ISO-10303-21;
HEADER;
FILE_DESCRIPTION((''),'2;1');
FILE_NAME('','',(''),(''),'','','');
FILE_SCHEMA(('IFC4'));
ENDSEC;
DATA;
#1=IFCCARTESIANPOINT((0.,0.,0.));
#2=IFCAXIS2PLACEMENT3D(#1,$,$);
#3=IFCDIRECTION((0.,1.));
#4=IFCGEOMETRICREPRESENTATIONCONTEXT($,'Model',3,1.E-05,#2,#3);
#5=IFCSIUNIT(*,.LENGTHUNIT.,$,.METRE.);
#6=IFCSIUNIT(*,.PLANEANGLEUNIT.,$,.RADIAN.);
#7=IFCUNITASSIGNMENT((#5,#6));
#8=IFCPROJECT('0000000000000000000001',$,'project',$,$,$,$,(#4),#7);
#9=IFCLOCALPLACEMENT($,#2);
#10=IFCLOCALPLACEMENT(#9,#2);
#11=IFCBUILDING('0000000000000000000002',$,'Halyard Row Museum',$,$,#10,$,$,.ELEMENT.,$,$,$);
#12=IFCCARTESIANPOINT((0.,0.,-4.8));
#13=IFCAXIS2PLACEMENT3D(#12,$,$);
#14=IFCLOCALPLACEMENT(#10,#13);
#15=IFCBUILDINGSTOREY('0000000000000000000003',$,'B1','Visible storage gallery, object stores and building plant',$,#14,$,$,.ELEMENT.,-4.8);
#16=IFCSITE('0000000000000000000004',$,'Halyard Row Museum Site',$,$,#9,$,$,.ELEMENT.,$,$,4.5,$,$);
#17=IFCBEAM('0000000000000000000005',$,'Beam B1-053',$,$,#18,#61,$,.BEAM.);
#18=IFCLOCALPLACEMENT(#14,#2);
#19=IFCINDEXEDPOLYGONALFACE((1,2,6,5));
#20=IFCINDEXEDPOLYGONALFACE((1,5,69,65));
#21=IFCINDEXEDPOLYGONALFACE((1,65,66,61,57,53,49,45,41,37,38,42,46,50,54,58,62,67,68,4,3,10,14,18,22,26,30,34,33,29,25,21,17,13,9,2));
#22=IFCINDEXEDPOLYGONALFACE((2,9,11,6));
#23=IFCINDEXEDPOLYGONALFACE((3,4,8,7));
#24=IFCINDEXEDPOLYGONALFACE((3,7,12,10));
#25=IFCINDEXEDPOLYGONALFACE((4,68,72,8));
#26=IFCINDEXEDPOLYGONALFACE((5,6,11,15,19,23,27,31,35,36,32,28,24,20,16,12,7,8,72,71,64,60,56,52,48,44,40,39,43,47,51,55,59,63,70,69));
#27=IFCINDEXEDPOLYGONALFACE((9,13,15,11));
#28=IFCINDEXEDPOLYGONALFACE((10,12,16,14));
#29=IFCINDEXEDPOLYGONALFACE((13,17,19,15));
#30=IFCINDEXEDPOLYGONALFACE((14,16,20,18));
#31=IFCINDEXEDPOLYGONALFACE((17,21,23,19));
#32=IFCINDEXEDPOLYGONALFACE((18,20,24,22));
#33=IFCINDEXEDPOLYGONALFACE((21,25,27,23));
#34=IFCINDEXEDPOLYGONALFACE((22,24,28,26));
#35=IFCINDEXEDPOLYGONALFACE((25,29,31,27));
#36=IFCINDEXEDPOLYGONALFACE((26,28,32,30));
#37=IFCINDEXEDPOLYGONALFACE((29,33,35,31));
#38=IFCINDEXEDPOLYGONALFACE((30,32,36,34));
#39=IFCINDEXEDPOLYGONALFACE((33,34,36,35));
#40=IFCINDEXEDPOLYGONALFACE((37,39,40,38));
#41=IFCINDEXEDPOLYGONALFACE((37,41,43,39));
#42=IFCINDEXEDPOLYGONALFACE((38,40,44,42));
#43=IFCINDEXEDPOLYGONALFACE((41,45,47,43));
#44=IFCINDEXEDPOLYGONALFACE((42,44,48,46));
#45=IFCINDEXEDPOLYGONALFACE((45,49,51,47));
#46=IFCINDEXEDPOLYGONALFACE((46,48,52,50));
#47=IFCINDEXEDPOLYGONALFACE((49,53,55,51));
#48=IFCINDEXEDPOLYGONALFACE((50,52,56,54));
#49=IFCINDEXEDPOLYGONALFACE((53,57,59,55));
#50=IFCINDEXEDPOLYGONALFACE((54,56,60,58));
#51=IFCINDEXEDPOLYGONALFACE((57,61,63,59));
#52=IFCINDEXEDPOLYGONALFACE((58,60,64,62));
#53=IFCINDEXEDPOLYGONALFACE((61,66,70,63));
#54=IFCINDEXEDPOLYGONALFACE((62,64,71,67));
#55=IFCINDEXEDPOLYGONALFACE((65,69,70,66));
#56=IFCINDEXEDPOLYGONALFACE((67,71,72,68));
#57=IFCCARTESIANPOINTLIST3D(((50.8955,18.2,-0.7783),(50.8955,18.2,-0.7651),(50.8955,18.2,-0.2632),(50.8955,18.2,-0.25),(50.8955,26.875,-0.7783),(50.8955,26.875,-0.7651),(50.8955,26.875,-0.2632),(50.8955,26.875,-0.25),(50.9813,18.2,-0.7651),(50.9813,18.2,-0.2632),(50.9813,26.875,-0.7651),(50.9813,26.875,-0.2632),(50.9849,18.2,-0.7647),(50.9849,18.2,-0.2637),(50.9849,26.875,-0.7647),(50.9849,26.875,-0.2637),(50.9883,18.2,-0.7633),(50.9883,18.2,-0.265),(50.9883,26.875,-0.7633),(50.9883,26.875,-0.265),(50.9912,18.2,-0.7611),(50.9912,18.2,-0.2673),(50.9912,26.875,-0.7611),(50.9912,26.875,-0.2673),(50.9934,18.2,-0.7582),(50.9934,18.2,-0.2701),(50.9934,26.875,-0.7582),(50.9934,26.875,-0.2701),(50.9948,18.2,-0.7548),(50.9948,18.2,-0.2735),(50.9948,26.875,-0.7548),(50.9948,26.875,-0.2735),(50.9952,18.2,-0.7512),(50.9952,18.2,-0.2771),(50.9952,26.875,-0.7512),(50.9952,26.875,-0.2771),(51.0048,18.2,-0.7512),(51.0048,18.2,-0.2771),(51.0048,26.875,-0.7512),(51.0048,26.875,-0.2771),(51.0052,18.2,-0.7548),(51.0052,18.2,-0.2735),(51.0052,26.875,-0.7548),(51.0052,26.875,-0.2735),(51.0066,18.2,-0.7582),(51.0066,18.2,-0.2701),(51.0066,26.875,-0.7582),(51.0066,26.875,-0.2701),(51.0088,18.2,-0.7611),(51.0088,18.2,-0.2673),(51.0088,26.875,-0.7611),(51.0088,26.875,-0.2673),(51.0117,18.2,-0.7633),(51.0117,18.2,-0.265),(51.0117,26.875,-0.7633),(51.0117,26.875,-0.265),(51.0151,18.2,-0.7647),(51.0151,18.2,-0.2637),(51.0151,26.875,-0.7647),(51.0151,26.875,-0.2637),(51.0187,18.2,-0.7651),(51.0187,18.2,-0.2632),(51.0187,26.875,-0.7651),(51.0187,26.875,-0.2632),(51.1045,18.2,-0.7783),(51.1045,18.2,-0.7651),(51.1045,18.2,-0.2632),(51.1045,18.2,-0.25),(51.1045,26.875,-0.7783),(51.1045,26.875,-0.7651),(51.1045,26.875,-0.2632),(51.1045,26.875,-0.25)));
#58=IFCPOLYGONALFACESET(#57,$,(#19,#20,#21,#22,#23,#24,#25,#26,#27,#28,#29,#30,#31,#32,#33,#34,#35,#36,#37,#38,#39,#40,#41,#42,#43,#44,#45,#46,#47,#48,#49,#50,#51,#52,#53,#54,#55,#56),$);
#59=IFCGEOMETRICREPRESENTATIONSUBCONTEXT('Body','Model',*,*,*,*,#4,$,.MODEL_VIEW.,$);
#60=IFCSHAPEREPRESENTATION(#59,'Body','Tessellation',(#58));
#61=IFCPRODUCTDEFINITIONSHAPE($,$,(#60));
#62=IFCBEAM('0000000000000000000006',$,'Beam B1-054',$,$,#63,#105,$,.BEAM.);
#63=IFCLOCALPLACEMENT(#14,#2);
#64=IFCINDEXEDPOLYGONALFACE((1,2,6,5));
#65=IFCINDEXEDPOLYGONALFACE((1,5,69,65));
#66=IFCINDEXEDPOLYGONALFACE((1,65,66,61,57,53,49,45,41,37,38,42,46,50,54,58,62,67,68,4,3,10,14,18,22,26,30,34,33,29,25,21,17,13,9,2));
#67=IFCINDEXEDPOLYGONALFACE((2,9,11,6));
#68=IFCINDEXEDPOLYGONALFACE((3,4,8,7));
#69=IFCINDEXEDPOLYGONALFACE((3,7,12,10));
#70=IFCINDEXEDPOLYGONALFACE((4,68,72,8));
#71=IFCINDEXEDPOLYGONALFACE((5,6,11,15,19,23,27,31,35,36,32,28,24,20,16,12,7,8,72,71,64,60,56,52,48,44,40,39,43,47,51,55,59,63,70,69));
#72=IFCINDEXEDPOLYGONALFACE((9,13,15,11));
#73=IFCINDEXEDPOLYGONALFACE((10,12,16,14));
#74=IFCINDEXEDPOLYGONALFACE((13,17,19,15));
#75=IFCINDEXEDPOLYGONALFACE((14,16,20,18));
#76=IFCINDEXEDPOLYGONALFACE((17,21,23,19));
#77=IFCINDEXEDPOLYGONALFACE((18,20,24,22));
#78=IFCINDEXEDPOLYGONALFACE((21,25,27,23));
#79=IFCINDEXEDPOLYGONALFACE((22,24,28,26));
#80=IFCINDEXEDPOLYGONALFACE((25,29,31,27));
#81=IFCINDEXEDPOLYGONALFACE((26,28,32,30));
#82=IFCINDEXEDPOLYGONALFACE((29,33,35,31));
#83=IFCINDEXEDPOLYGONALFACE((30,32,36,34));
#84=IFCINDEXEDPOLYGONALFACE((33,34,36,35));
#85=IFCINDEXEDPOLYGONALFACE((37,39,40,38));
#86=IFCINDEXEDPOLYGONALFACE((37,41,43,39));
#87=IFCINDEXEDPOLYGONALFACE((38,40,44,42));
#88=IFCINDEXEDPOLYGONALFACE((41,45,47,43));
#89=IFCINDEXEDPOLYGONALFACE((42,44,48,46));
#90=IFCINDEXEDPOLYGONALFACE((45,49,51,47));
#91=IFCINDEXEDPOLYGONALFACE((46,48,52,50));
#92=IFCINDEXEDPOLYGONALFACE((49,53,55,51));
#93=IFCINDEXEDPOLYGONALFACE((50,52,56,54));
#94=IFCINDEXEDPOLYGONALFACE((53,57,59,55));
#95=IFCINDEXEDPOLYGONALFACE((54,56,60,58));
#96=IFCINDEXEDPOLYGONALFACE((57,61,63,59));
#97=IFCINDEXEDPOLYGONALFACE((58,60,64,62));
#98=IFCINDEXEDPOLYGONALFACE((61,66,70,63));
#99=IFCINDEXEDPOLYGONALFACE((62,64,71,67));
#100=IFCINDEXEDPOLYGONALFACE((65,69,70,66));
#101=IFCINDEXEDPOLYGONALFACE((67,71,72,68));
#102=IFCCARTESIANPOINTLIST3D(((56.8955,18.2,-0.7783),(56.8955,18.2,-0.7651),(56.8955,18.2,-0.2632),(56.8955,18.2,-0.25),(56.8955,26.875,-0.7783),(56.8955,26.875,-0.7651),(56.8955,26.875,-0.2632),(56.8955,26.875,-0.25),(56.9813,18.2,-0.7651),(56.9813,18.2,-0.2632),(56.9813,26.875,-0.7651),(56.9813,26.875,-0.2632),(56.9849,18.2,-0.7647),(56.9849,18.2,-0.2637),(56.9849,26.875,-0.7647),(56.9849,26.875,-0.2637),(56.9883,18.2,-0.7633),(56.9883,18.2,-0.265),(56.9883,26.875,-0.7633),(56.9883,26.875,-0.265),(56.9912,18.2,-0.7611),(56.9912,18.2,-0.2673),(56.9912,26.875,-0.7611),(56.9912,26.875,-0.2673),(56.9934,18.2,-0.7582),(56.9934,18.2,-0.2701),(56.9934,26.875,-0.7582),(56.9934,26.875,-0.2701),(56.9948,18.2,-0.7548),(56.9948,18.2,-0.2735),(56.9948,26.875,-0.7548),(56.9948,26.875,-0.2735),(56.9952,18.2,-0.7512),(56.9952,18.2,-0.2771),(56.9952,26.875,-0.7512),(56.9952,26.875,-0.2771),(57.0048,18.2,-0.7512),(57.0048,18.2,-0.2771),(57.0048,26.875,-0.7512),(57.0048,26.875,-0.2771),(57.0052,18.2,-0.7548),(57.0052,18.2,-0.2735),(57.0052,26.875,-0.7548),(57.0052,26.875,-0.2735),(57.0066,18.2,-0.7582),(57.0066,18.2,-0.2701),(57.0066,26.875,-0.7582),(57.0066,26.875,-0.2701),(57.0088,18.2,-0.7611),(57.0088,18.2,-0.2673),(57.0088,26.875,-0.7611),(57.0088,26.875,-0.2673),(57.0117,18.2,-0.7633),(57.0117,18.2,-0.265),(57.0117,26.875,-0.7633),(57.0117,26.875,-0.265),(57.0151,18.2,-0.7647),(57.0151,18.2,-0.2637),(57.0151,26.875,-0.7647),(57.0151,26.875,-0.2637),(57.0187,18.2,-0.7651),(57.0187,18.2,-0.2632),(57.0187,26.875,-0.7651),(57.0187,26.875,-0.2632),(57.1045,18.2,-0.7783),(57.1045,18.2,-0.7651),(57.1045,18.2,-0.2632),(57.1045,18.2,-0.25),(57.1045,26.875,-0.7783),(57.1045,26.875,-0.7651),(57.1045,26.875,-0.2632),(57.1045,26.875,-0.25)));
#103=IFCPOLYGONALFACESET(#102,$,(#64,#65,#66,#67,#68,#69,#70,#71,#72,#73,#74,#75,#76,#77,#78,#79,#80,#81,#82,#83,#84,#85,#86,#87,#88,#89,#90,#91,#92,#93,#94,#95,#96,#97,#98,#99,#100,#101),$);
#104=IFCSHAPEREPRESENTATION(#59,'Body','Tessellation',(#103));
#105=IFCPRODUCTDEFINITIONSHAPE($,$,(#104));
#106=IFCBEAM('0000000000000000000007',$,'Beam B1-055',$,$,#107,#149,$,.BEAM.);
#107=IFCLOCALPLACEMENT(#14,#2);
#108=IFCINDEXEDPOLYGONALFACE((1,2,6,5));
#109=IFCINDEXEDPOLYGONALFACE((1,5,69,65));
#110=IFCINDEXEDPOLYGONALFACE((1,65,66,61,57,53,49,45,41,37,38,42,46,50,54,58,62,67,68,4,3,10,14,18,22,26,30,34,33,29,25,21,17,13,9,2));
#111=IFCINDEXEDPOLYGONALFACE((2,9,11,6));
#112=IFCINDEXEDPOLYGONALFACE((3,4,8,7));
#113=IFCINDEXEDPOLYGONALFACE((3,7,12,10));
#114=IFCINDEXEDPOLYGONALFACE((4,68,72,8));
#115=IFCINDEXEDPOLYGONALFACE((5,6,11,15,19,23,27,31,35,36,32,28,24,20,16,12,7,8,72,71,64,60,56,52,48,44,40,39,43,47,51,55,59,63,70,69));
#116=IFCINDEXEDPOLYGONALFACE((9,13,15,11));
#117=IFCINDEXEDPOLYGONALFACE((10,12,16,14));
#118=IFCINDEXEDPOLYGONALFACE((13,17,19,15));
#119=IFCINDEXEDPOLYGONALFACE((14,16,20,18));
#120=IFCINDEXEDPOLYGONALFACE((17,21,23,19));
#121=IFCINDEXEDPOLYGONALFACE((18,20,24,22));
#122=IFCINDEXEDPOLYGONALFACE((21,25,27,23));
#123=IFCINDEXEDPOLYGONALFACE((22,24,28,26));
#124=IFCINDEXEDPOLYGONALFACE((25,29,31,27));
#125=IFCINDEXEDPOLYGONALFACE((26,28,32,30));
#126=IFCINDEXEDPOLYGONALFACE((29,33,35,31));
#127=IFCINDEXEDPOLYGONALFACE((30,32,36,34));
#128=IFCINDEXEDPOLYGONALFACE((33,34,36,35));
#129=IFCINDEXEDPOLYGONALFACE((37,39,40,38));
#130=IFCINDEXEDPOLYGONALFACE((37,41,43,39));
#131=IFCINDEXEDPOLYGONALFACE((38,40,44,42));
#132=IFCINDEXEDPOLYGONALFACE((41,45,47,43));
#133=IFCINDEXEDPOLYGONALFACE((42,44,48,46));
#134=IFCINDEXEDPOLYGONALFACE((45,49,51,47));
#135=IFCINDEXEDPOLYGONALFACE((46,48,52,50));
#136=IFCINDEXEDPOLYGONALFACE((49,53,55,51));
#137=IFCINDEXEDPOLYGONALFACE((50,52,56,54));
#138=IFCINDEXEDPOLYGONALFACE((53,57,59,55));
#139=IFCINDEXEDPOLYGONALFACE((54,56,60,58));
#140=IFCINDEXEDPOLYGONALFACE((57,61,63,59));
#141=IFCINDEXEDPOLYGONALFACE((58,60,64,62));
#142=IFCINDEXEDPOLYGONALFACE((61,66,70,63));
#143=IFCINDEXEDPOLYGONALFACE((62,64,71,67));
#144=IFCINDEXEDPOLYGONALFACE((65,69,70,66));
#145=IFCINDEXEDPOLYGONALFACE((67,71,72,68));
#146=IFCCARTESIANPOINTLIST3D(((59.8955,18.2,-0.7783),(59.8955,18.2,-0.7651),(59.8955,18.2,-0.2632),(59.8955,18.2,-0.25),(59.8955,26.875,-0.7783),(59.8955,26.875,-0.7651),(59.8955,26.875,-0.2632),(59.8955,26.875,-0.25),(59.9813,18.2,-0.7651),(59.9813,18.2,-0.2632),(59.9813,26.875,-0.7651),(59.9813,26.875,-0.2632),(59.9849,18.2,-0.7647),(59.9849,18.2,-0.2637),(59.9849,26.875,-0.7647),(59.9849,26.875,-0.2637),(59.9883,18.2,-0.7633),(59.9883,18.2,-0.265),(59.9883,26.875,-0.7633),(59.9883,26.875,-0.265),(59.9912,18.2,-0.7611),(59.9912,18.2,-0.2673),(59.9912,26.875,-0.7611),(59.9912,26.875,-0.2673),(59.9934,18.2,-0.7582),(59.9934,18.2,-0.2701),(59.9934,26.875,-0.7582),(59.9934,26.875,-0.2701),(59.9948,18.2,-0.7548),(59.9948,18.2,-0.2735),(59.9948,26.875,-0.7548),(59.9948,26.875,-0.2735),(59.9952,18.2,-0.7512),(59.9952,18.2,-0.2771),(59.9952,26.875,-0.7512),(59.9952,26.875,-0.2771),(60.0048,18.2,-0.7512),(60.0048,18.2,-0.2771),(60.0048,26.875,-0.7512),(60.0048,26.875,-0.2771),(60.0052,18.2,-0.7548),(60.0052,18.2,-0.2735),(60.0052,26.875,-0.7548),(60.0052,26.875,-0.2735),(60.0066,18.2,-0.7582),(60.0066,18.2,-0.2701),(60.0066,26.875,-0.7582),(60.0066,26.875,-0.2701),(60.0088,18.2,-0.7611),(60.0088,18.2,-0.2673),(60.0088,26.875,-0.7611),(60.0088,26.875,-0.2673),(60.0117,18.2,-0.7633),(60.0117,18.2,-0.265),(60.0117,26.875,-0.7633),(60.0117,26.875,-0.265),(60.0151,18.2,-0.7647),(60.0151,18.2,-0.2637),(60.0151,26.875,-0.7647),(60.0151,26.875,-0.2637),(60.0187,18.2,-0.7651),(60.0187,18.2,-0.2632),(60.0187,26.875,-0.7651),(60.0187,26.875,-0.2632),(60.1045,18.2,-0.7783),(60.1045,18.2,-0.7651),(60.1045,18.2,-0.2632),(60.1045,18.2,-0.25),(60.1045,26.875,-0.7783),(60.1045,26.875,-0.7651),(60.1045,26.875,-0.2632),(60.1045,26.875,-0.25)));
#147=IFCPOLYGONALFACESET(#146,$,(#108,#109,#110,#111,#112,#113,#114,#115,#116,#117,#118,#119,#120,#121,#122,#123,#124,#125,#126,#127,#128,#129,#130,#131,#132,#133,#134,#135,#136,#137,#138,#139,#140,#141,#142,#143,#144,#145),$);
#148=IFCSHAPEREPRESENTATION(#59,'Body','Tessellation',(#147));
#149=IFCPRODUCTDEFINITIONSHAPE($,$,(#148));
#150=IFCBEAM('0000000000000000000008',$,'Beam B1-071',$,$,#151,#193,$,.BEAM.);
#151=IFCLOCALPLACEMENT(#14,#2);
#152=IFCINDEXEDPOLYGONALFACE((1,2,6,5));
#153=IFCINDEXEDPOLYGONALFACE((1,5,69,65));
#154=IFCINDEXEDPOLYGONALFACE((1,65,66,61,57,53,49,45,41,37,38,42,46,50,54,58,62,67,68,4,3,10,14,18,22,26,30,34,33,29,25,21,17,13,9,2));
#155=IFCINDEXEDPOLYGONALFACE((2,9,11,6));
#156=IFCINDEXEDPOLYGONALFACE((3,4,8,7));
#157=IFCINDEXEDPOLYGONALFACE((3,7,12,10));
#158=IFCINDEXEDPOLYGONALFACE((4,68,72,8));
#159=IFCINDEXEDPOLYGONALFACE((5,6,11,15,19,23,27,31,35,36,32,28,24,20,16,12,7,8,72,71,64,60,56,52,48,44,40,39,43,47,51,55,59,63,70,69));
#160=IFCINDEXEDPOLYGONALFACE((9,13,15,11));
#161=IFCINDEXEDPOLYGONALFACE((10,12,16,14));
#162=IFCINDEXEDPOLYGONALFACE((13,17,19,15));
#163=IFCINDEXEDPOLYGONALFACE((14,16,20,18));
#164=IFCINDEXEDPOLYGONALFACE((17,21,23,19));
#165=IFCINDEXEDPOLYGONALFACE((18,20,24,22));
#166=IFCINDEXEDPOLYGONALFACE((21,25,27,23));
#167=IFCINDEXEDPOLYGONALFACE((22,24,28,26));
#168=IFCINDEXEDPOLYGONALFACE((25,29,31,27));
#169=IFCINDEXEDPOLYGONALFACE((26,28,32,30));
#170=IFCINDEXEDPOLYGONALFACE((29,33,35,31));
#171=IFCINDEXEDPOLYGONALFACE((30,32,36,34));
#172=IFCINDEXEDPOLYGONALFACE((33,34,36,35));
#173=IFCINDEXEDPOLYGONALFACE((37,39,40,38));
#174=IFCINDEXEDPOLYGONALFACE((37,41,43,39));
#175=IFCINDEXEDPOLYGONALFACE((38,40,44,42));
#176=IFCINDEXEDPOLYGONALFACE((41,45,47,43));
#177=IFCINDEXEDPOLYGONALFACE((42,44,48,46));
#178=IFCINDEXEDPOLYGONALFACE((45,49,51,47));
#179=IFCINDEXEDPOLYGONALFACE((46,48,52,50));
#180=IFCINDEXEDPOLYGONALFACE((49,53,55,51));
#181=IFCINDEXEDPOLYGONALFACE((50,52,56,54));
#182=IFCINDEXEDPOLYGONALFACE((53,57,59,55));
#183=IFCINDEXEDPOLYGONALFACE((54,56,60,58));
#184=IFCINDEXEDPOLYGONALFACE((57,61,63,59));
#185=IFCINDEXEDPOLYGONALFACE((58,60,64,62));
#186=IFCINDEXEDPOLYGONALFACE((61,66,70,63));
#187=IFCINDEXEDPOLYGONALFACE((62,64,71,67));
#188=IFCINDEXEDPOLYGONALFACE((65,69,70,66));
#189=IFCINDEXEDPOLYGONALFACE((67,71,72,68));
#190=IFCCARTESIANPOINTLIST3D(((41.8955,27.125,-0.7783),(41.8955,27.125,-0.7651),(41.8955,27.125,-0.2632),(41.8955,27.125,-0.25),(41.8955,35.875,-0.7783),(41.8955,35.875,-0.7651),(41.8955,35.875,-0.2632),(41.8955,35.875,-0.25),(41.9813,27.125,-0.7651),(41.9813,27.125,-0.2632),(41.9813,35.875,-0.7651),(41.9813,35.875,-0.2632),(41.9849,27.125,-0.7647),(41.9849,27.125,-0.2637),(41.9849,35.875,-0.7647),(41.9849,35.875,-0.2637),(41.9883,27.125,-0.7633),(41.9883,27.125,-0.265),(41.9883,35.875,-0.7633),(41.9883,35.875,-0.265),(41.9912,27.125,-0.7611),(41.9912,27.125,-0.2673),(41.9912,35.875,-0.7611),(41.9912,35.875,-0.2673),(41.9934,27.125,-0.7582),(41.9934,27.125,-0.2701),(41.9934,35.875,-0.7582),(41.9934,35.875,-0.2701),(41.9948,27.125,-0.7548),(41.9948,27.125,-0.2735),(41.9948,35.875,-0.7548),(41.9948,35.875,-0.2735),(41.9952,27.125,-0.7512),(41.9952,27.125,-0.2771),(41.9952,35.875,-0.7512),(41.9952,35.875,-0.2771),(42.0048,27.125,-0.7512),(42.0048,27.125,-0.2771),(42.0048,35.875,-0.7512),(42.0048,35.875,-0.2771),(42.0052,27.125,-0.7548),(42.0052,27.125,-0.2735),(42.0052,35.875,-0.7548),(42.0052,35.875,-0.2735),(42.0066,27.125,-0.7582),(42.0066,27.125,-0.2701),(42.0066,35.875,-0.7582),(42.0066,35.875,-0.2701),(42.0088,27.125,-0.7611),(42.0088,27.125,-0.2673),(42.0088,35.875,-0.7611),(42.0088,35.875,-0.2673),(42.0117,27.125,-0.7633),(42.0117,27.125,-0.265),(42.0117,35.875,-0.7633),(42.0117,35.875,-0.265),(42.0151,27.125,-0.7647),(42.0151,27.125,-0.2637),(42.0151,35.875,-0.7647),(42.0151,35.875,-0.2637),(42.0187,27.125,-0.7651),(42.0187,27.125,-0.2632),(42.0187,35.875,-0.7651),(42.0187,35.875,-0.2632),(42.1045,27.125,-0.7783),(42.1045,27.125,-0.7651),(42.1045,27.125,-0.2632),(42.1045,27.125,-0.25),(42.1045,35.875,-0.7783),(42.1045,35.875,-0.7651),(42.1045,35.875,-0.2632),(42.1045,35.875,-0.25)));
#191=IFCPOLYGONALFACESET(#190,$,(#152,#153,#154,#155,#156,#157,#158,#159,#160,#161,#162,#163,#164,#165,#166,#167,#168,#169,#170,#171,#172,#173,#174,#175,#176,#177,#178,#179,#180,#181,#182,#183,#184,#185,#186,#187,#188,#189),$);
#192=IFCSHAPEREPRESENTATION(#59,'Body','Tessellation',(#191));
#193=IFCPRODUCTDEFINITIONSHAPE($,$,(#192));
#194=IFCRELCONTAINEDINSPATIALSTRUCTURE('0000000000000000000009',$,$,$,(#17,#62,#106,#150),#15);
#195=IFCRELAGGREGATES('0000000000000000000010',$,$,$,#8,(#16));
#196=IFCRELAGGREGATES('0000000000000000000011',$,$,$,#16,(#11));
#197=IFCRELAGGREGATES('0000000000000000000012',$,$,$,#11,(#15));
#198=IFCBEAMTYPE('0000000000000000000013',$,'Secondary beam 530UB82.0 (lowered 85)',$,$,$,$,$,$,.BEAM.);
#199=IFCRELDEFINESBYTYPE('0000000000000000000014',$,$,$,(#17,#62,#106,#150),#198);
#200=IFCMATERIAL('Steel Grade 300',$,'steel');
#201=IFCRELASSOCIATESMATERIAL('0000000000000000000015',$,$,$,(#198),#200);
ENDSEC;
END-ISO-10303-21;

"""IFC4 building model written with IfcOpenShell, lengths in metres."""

from ifc_helpers import new_model, si_unit, direction, frame, origin, origin_2d, place, context, subcontext, project, spatial, i_section, extrude, material, material_profile, profile_set, type_object, element, save


model = new_model("IFC4")

# Units and contexts
model_context = context("Model", 3, precision=1e-05, world=origin(), true_north=direction((0.0, 1.0)))
body_context = subcontext(model_context, "Body", "Model", "MODEL_VIEW")
ifc_project = project(units=[si_unit("LENGTHUNIT", "METRE"), si_unit("PLANEANGLEUNIT", "RADIAN")], contexts=[model_context])

# Site, building, storey
site_placement = place(None, origin())
site = spatial("IfcSite", under=ifc_project, at=site_placement, Name="Halyard Row Museum Site", CompositionType="ELEMENT", RefElevation=4.5)
building_placement = place(site_placement, origin())
building = spatial("IfcBuilding", under=site, at=building_placement, Name="Halyard Row Museum", CompositionType="ELEMENT")
storey_placement = place(building_placement, frame((0.0, 0.0, -4.8)))
storey = spatial("IfcBuildingStorey", under=building, at=storey_placement, Name="B1", Description="Visible storage gallery, object stores and building plant", CompositionType="ELEMENT", Elevation=-4.8)

# Beams
ifc_material_1 = material(Name="Steel Grade 300", Category="steel")
ifc_material_profile_1 = material_profile(ifc_material_1, i_section(OverallWidth=0.209, OverallDepth=0.5283, WebThickness=0.0095, FlangeThickness=0.0132, FilletRadius=0.0139, at=origin_2d()), Name="530UB82.0")
ifc_profile_set_1 = profile_set([ifc_material_profile_1], Name="Steel Grade 300")
beam_type_1 = type_object("IfcBeamType", Name="Secondary beam 530UB82.0 (lowered 85)", PredefinedType="BEAM", material=ifc_profile_set_1)
for number, where, z_axis, x_axis, name in (
    (1, (51.0, 18.2, -0.5142), (0.0, 1.0, 0.0), (-1.0, 0.0, 0.0), "Beam B1-053"),
    (2, (57.0, 18.2, -0.5142), (0.0, 1.0, 0.0), (-1.0, 0.0, 0.0), "Beam B1-054"),
    (3, (60.0, 18.2, -0.5142), (0.0, 1.0, 0.0), (-1.0, 0.0, 0.0), "Beam B1-055"),
):
    element("IfcBeam", number, at=place(storey_placement, frame(where, z_axis=z_axis, x_axis=x_axis)), inside=storey, type_object=beam_type_1, Name=name, PredefinedType="BEAM", context=body_context, shape_type="SweptSolid", body=[
        extrude(i_section(OverallWidth=0.209, OverallDepth=0.5283, WebThickness=0.0095, FlangeThickness=0.0132, FilletRadius=0.0139, at=origin_2d()), origin(), (0.0, 0.0, 1.0), 8.675),
    ])
for number, where, z_axis, x_axis, name in (
    (4, (42.0, 27.125, -0.5142), (0.0, 1.0, 0.0), (-1.0, 0.0, 0.0), "Beam B1-071"),
):
    element("IfcBeam", number, at=place(storey_placement, frame(where, z_axis=z_axis, x_axis=x_axis)), inside=storey, type_object=beam_type_1, Name=name, PredefinedType="BEAM", context=body_context, shape_type="SweptSolid", body=[
        extrude(i_section(OverallWidth=0.209, OverallDepth=0.5283, WebThickness=0.0095, FlangeThickness=0.0132, FilletRadius=0.0139, at=origin_2d()), origin(), (0.0, 0.0, 1.0), 8.75),
    ])

save(model, "model.ifc")
